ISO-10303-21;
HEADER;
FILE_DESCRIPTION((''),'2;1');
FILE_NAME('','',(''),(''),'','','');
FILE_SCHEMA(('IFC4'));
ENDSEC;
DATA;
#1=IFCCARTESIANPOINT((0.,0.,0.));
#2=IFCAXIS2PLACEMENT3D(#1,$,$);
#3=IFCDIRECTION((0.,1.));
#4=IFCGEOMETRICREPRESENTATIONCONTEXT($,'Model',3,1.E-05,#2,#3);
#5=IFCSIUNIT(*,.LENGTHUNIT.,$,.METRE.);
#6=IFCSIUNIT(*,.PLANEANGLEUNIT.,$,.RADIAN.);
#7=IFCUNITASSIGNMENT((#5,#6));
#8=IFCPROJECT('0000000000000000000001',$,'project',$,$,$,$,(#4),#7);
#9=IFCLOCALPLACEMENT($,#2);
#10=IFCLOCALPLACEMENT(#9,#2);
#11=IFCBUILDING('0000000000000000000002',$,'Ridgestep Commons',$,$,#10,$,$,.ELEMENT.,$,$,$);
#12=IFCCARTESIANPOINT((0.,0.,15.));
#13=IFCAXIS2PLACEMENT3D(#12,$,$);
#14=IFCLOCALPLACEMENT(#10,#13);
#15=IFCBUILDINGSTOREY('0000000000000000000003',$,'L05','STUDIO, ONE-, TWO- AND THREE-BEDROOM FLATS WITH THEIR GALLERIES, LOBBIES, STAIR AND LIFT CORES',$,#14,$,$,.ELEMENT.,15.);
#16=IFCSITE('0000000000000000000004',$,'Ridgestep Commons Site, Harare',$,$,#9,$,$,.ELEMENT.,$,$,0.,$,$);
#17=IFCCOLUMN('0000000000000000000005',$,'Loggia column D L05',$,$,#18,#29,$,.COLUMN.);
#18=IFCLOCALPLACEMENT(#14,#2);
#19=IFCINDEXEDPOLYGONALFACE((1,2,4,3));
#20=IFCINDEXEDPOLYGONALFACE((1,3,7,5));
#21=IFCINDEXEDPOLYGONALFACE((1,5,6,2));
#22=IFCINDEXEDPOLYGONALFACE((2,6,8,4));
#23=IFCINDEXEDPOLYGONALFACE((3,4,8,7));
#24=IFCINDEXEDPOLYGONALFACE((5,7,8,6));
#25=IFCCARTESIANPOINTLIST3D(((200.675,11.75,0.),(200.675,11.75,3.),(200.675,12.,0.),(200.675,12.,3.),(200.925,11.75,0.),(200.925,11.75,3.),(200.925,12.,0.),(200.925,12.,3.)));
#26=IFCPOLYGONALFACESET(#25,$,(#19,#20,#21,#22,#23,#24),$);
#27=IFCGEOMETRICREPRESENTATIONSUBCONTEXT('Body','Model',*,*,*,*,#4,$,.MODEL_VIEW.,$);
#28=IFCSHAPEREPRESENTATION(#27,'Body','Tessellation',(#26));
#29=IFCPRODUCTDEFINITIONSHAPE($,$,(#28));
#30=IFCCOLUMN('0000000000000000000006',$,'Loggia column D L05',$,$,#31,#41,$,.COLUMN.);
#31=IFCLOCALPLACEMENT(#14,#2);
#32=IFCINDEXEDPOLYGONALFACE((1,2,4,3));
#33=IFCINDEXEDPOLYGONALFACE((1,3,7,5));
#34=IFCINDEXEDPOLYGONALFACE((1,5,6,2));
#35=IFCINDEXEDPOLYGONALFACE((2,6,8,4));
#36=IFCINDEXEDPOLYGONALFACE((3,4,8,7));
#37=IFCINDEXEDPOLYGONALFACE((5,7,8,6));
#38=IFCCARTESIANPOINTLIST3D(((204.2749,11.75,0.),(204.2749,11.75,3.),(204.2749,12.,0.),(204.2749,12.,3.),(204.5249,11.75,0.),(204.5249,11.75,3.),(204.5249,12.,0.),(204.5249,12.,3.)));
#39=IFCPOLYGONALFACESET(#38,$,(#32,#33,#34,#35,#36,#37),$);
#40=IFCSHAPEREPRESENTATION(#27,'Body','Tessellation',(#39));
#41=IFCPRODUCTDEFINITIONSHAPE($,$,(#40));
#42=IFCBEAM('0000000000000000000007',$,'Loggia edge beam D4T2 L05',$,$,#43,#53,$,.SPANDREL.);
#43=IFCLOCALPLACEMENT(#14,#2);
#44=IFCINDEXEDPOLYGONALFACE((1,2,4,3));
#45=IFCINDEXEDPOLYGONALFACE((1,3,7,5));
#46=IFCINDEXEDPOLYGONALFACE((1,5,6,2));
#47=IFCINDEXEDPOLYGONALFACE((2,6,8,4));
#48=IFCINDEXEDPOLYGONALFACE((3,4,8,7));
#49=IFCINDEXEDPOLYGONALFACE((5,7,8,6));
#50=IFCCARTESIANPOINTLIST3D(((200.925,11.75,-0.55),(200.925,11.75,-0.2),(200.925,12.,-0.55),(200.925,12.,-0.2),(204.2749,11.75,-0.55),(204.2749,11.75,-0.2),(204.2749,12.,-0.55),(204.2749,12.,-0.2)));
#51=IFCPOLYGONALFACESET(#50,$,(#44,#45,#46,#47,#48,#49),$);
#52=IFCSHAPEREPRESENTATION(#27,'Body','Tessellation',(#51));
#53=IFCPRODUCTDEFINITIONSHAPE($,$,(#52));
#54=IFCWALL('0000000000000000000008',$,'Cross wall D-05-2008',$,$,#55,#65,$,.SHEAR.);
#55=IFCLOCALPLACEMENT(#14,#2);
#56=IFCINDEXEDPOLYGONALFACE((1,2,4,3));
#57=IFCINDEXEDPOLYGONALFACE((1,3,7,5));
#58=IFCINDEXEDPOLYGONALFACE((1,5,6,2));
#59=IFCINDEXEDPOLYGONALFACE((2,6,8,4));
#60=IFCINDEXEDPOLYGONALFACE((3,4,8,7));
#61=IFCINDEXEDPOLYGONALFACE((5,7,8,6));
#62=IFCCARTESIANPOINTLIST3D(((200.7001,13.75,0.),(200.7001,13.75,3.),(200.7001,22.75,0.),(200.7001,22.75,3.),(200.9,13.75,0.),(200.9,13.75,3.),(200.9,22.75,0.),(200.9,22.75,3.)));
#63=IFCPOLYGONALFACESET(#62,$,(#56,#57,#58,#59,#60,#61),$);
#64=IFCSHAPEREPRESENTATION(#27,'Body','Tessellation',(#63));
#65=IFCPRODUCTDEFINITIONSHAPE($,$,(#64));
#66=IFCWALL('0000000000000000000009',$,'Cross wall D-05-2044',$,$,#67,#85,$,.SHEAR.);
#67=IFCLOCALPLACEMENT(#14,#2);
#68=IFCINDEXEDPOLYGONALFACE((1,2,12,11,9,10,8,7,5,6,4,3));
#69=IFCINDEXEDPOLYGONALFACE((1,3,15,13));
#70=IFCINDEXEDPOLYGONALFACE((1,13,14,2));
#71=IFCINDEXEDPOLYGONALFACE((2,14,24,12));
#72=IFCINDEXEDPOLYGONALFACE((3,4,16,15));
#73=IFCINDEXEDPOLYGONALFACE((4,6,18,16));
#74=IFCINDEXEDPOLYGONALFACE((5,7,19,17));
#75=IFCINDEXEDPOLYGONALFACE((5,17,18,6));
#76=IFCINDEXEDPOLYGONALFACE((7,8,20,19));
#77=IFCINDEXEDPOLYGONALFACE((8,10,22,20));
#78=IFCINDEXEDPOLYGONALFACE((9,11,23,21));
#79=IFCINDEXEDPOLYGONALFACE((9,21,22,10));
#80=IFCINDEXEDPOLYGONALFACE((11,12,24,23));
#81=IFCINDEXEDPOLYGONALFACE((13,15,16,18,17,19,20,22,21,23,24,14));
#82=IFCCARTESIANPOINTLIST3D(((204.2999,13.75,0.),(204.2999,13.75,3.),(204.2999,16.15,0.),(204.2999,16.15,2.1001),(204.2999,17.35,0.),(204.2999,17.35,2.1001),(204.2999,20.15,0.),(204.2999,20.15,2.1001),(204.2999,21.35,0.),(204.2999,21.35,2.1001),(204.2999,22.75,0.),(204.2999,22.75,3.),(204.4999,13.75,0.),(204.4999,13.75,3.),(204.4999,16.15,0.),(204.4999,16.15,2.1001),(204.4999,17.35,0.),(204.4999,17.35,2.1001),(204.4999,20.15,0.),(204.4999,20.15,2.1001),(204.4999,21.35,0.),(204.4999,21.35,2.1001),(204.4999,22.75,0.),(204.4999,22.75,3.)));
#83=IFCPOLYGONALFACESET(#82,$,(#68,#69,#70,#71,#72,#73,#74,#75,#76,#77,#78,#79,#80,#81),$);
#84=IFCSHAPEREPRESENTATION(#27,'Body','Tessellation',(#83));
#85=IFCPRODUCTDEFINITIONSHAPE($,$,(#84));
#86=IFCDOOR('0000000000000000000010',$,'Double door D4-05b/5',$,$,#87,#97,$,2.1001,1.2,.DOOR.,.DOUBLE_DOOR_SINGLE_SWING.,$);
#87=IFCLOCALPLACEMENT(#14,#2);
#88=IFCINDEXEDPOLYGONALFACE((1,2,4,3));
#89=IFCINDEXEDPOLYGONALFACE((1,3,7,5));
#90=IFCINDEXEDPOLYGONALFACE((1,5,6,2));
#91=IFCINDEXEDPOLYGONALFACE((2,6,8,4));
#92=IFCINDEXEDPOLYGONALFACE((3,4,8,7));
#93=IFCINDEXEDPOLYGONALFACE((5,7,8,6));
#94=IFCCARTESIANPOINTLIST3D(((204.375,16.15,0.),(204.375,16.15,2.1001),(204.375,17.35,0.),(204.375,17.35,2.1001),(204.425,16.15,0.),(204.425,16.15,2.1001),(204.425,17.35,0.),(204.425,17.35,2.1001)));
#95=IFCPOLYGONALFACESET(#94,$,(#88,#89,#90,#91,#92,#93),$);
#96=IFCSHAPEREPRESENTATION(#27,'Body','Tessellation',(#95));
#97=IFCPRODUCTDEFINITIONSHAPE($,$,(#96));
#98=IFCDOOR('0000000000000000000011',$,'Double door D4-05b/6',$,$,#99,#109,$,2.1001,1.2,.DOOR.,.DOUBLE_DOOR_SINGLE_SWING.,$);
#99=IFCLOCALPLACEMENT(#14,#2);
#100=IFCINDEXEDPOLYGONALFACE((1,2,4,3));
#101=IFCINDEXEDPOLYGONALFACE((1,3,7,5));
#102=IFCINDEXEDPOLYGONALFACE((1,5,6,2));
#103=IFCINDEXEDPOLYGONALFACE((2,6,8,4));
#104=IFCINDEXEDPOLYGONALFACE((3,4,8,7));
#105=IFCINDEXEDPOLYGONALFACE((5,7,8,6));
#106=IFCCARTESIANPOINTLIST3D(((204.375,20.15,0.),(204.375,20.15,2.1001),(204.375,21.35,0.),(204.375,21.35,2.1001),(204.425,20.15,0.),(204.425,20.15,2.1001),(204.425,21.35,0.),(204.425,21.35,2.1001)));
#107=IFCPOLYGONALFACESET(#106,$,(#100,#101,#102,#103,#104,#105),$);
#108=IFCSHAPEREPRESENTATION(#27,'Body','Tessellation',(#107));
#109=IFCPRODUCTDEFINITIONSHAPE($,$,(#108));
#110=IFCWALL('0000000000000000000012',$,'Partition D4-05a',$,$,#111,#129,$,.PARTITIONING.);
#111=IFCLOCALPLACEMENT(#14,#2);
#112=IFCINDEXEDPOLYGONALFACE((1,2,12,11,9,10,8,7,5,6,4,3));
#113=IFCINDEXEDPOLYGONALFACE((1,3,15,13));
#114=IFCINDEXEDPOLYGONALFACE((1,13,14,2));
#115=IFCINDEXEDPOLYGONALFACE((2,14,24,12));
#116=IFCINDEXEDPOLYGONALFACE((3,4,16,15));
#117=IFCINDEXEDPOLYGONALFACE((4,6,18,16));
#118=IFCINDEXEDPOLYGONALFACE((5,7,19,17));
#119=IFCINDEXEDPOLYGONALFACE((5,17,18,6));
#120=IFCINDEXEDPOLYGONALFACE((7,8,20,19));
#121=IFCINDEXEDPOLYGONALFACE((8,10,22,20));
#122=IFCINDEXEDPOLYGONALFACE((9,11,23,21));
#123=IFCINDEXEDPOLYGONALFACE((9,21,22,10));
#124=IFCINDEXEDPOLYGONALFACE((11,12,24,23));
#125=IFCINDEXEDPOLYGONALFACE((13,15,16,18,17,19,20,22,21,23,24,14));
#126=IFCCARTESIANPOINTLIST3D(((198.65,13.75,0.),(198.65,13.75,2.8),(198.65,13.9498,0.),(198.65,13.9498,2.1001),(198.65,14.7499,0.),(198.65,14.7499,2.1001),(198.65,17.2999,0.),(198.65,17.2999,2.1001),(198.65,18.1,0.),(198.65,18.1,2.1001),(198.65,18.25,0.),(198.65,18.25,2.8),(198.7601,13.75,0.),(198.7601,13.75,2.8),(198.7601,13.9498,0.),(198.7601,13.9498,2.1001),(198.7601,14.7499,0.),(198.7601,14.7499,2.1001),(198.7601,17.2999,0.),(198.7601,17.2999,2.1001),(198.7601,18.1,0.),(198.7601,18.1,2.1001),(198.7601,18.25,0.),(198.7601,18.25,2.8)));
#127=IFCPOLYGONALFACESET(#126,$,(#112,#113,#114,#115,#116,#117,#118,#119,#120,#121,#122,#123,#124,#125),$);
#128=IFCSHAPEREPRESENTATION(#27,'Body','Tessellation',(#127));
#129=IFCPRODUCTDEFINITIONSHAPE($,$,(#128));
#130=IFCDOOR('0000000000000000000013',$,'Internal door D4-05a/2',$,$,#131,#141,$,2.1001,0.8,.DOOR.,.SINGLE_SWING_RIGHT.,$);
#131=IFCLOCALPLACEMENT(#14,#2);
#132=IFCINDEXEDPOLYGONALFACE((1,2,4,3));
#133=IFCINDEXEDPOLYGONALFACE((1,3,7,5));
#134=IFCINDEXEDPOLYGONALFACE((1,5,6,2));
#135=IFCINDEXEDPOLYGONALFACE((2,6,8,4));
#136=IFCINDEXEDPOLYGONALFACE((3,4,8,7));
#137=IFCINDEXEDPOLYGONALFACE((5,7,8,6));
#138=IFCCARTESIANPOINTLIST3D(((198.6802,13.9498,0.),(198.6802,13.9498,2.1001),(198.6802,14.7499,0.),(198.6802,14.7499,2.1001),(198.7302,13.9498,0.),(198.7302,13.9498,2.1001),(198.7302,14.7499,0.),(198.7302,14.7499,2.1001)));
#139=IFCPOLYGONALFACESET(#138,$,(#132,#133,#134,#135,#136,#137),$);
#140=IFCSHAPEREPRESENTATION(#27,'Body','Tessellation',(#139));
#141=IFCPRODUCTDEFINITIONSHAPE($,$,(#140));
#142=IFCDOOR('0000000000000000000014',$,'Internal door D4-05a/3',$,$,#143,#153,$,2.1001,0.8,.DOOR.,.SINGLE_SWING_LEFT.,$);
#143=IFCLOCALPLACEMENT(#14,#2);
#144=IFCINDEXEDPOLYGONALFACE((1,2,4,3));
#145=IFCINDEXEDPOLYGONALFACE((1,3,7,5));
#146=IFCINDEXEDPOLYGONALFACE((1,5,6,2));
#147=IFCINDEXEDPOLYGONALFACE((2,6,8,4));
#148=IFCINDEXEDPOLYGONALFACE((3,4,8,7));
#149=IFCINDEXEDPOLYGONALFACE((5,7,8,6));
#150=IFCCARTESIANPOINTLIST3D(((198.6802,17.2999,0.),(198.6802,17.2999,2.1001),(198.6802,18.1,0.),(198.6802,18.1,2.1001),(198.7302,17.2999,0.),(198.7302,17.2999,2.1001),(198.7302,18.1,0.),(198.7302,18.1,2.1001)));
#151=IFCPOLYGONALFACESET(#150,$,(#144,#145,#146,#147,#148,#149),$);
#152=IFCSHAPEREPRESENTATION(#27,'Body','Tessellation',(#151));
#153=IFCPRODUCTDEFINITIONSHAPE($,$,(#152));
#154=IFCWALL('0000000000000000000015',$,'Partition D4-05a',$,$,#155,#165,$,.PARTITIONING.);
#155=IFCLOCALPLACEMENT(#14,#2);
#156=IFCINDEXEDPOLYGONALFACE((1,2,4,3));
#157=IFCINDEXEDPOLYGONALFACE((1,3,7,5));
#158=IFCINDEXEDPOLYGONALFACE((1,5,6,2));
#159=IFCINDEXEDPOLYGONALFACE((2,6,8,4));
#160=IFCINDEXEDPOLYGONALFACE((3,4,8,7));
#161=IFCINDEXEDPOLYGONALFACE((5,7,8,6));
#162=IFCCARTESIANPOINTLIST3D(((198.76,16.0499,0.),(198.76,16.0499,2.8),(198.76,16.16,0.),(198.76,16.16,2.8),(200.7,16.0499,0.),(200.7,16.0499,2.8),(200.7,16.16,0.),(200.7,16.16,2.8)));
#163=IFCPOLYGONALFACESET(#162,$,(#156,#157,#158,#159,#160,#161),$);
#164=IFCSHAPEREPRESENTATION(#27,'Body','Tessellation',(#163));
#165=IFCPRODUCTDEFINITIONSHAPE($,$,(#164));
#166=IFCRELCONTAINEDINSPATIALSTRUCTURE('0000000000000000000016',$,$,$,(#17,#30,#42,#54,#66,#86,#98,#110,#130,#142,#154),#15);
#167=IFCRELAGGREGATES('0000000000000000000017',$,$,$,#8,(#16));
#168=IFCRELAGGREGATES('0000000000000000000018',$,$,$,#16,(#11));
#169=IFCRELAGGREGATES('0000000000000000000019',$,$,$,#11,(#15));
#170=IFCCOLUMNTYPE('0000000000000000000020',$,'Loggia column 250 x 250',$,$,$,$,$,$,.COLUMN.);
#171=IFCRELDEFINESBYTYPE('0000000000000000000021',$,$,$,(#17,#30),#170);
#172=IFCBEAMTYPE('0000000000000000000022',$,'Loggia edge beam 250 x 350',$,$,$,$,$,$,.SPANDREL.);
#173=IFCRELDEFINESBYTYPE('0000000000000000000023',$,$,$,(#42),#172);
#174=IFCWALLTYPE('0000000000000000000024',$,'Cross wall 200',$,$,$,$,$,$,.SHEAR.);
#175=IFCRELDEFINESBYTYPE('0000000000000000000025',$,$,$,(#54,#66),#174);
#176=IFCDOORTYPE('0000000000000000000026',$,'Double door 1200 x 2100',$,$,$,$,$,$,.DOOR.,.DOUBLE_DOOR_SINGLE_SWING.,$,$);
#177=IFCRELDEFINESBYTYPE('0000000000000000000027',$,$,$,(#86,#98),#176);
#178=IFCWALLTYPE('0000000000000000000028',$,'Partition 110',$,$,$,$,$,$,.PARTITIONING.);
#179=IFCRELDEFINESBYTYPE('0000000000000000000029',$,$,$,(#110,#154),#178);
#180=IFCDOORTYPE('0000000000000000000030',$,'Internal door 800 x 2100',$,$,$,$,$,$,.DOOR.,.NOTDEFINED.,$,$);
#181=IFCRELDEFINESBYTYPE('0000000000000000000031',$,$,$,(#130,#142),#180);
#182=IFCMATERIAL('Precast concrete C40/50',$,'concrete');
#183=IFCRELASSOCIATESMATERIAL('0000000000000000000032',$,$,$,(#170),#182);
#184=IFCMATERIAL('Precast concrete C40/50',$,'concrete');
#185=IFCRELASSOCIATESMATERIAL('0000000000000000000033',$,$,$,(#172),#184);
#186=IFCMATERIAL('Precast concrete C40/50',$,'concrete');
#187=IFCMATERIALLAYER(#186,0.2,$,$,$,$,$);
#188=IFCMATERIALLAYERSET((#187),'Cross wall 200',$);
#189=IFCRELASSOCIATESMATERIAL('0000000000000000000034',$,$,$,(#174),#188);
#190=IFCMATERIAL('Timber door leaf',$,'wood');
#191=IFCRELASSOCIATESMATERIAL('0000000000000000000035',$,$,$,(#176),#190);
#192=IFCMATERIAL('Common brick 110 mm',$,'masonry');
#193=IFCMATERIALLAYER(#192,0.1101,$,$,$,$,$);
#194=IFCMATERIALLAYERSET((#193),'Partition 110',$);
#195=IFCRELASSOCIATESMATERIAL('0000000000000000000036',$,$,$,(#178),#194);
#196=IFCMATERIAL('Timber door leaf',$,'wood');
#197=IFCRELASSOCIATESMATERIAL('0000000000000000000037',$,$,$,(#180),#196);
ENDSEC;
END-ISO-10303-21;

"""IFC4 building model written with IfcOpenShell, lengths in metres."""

from ifc_helpers import new_model, si_unit, direction, frame, frame_2d, origin, origin_2d, place, context, subcontext, project, spatial, rectangle, extrude, material, layer, layer_set, material_profile, profile_set, type_object, element, fill, save


model = new_model("IFC4")

# Units and contexts
model_context = context("Model", 3, precision=1e-05, world=origin(), true_north=direction((0.0, 1.0)))
body_context = subcontext(model_context, "Body", "Model", "MODEL_VIEW")
ifc_project = project(units=[si_unit("LENGTHUNIT", "METRE"), si_unit("PLANEANGLEUNIT", "RADIAN")], contexts=[model_context])

# Site, building, storey
site_placement = place(None, origin())
site = spatial("IfcSite", under=ifc_project, at=site_placement, Name="Ridgestep Commons Site, Harare", CompositionType="ELEMENT", RefElevation=0.0)
building_placement = place(site_placement, origin())
building = spatial("IfcBuilding", under=site, at=building_placement, Name="Ridgestep Commons", CompositionType="ELEMENT")
storey_placement = place(building_placement, frame((0.0, 0.0, 15.0)))
storey = spatial("IfcBuildingStorey", under=building, at=storey_placement, Name="L05", Description="STUDIO, ONE-, TWO- AND THREE-BEDROOM FLATS WITH THEIR GALLERIES, LOBBIES, STAIR AND LIFT CORES", CompositionType="ELEMENT", Elevation=15.0)

# Columns
ifc_material_1 = material(Name="Precast concrete C40/50", Category="concrete")
ifc_material_profile_1 = material_profile(ifc_material_1, rectangle(XDim=0.25, YDim=0.25, at=origin_2d()), Name="PC 250x250")
ifc_profile_set_1 = profile_set([ifc_material_profile_1], Name="Precast concrete C40/50")
column_type = type_object("IfcColumnType", Name="Loggia column 250 x 250", PredefinedType="COLUMN", material=ifc_profile_set_1)
for number, where, z_axis, x_axis, name in (
    (1, (200.8, 11.875, 0.0), (0.0, 0.0, 1.0), (1.0, 0.0, 0.0), "Loggia column D L05"),
    (2, (204.3999, 11.875, 0.0), (0.0, 0.0, 1.0), (1.0, 0.0, 0.0), "Loggia column D L05"),
):
    element("IfcColumn", number, at=place(storey_placement, frame(where, z_axis=z_axis, x_axis=x_axis)), inside=storey, type_object=column_type, Name=name, PredefinedType="COLUMN", context=body_context, shape_type="SweptSolid", body=[
        extrude(rectangle(XDim=0.25, YDim=0.25, at=origin_2d()), origin(), (0.0, 0.0, 1.0), 3.0),
    ])

# Beam
ifc_material_2 = material(Name="Precast concrete C40/50", Category="concrete")
ifc_material_profile_2 = material_profile(ifc_material_2, rectangle(XDim=0.25, YDim=0.3501, at=origin_2d()), Name="PC 250x350")
ifc_profile_set_2 = profile_set([ifc_material_profile_2], Name="Precast concrete C40/50")
beam_type = type_object("IfcBeamType", Name="Loggia edge beam 250 x 350", PredefinedType="SPANDREL", material=ifc_profile_set_2)
beam_placement = place(storey_placement, frame((200.925, 11.875, -0.375), z_axis=(1.0, 0.0, 0.0), x_axis=(0.0, 1.0, 0.0)))
element("IfcBeam", 3, at=beam_placement, inside=storey, type_object=beam_type, Name="Loggia edge beam D4T2 L05", PredefinedType="SPANDREL", context=body_context, shape_type="SweptSolid", body=[
    extrude(rectangle(XDim=0.25, YDim=0.3501, at=origin_2d()), origin(), (0.0, 0.0, 1.0), 3.3499),
])

# Wall
ifc_material_3 = material(Name="Precast concrete C40/50", Category="concrete")
ifc_layer_1 = layer(ifc_material_3, 0.2)
ifc_layer_set_1 = layer_set([ifc_layer_1], Name="Cross wall 200")
wall_type_1 = type_object("IfcWallType", Name="Cross wall 200", PredefinedType="SHEAR", material=ifc_layer_set_1)
wall_1_placement = place(storey_placement, frame((200.8, 13.75, 0.0), z_axis=(0.0, 0.0, 1.0), x_axis=(0.0, 1.0, 0.0)))
element("IfcWall", 4, at=wall_1_placement, inside=storey, type_object=wall_type_1, Name="Cross wall D-05-2008", PredefinedType="SHEAR", context=body_context, shape_type="SweptSolid", body=[
    extrude(rectangle(XDim=9.0, YDim=0.2, at=frame_2d((4.5, 0.0))), origin(), (0.0, 0.0, 1.0), 3.0),
])

# Walls, openings, doors
wall_2_placement = place(storey_placement, frame((204.3999, 13.75, 0.0), z_axis=(0.0, 0.0, 1.0), x_axis=(0.0, 1.0, 0.0)))
wall_2 = element("IfcWall", 5, at=wall_2_placement, inside=storey, type_object=wall_type_1, Name="Cross wall D-05-2044", PredefinedType="SHEAR", context=body_context, shape_type="SweptSolid", body=[
    extrude(rectangle(XDim=9.0, YDim=0.2, at=frame_2d((4.5, 0.0))), origin(), (0.0, 0.0, 1.0), 3.0),
])
opening_1_placement = place(wall_2_placement, frame((2.3999, 0.0, 0.0)))
opening_1 = element("IfcOpeningElement", 6, at=opening_1_placement, cuts=wall_2, PredefinedType="OPENING", context=body_context, shape_type="SweptSolid", body=[
    extrude(rectangle(XDim=1.2, YDim=2.1001, at=frame_2d((0.6001, 1.05))), frame((0.0, 0.1099, 0.0), z_axis=(0.0, -1.0, 0.0), x_axis=(1.0, 0.0, 0.0)), (0.0, 0.0, 1.0), 0.22),
])
opening_2_placement = place(wall_2_placement, frame((6.3999, 0.0, 0.0)))
opening_2 = element("IfcOpeningElement", 7, at=opening_2_placement, cuts=wall_2, PredefinedType="OPENING", context=body_context, shape_type="SweptSolid", body=[
    extrude(rectangle(XDim=1.2, YDim=2.1001, at=frame_2d((0.6001, 1.05))), frame((0.0, 0.1099, 0.0), z_axis=(0.0, -1.0, 0.0), x_axis=(1.0, 0.0, 0.0)), (0.0, 0.0, 1.0), 0.22),
])
ifc_material_4 = material(Name="Timber door leaf", Category="wood")
door_type_1 = type_object("IfcDoorType", Name="Double door 1200 x 2100", OperationType="DOUBLE_DOOR_SINGLE_SWING", PredefinedType="DOOR", material=ifc_material_4)
door_1_placement = place(opening_1_placement, origin())
door_1 = element("IfcDoor", 8, at=door_1_placement, inside=storey, type_object=door_type_1, Name="Double door D4-05b/5", OperationType="DOUBLE_DOOR_SINGLE_SWING", OverallHeight=2.1001, OverallWidth=1.2, PredefinedType="DOOR", context=body_context, shape_type="SweptSolid", body=[
    extrude(rectangle(XDim=1.2, YDim=2.1001, at=frame_2d((0.6001, 1.05))), frame((0.0, 0.0249, 0.0), z_axis=(0.0, -1.0, 0.0), x_axis=(1.0, 0.0, 0.0)), (0.0, 0.0, 1.0), 0.05),
])
fill(opening_1, door_1)
door_2_placement = place(opening_2_placement, origin())
door_2 = element("IfcDoor", 9, at=door_2_placement, inside=storey, type_object=door_type_1, Name="Double door D4-05b/6", OperationType="DOUBLE_DOOR_SINGLE_SWING", OverallHeight=2.1001, OverallWidth=1.2, PredefinedType="DOOR", context=body_context, shape_type="SweptSolid", body=[
    extrude(rectangle(XDim=1.2, YDim=2.1001, at=frame_2d((0.6001, 1.05))), frame((0.0, 0.0249, 0.0), z_axis=(0.0, -1.0, 0.0), x_axis=(1.0, 0.0, 0.0)), (0.0, 0.0, 1.0), 0.05),
])
fill(opening_2, door_2)
ifc_material_5 = material(Name="Common brick 110 mm", Category="masonry")
ifc_layer_2 = layer(ifc_material_5, 0.1101)
ifc_layer_set_2 = layer_set([ifc_layer_2], Name="Partition 110")
wall_type_2 = type_object("IfcWallType", Name="Partition 110", PredefinedType="PARTITIONING", material=ifc_layer_set_2)
wall_3_placement = place(storey_placement, frame((198.7051, 13.75, 0.0), z_axis=(0.0, 0.0, 1.0), x_axis=(0.0, 1.0, 0.0)))
wall_3 = element("IfcWall", 10, at=wall_3_placement, inside=storey, type_object=wall_type_2, Name="Partition D4-05a", PredefinedType="PARTITIONING", context=body_context, shape_type="SweptSolid", body=[
    extrude(rectangle(XDim=4.5, YDim=0.1101, at=frame_2d((2.25, 0.0))), origin(), (0.0, 0.0, 1.0), 2.8),
])
opening_3_placement = place(wall_3_placement, frame((0.2, 0.0, 0.0)))
opening_3 = element("IfcOpeningElement", 11, at=opening_3_placement, cuts=wall_3, PredefinedType="OPENING", context=body_context, shape_type="SweptSolid", body=[
    extrude(rectangle(XDim=0.8, YDim=2.1001, at=frame_2d((0.3999, 1.05))), frame((0.0, 0.0649, 0.0), z_axis=(0.0, -1.0, 0.0), x_axis=(1.0, 0.0, 0.0)), (0.0, 0.0, 1.0), 0.1301),
])
opening_4_placement = place(wall_3_placement, frame((3.55, 0.0, 0.0)))
opening_4 = element("IfcOpeningElement", 12, at=opening_4_placement, cuts=wall_3, PredefinedType="OPENING", context=body_context, shape_type="SweptSolid", body=[
    extrude(rectangle(XDim=0.8, YDim=2.1001, at=frame_2d((0.3999, 1.05))), frame((0.0, 0.0649, 0.0), z_axis=(0.0, -1.0, 0.0), x_axis=(1.0, 0.0, 0.0)), (0.0, 0.0, 1.0), 0.1301),
])
ifc_material_6 = material(Name="Timber door leaf", Category="wood")
door_type_2 = type_object("IfcDoorType", Name="Internal door 800 x 2100", OperationType="NOTDEFINED", PredefinedType="DOOR", material=ifc_material_6)
door_3_placement = place(opening_3_placement, origin())
door_3 = element("IfcDoor", 13, at=door_3_placement, inside=storey, type_object=door_type_2, Name="Internal door D4-05a/2", OperationType="SINGLE_SWING_RIGHT", OverallHeight=2.1001, OverallWidth=0.8, PredefinedType="DOOR", context=body_context, shape_type="SweptSolid", body=[
    extrude(rectangle(XDim=0.8, YDim=2.1001, at=frame_2d((0.3999, 1.05))), frame((0.0, 0.0249, 0.0), z_axis=(0.0, -1.0, 0.0), x_axis=(1.0, 0.0, 0.0)), (0.0, 0.0, 1.0), 0.05),
])
fill(opening_3, door_3)
door_4_placement = place(opening_4_placement, origin())
door_4 = element("IfcDoor", 14, at=door_4_placement, inside=storey, type_object=door_type_2, Name="Internal door D4-05a/3", OperationType="SINGLE_SWING_LEFT", OverallHeight=2.1001, OverallWidth=0.8, PredefinedType="DOOR", context=body_context, shape_type="SweptSolid", body=[
    extrude(rectangle(XDim=0.8, YDim=2.1001, at=frame_2d((0.3999, 1.05))), frame((0.0, 0.0249, 0.0), z_axis=(0.0, -1.0, 0.0), x_axis=(1.0, 0.0, 0.0)), (0.0, 0.0, 1.0), 0.05),
])
fill(opening_4, door_4)

# Wall
wall_4_placement = place(storey_placement, frame((198.76, 16.105, 0.0), z_axis=(0.0, 0.0, 1.0), x_axis=(1.0, 0.0, 0.0)))
element("IfcWall", 15, at=wall_4_placement, inside=storey, type_object=wall_type_2, Name="Partition D4-05a", PredefinedType="PARTITIONING", context=body_context, shape_type="SweptSolid", body=[
    extrude(rectangle(XDim=1.9399, YDim=0.1101, at=frame_2d((0.97, 0.0))), origin(), (0.0, 0.0, 1.0), 2.8),
])

save(model, "model.ifc")
